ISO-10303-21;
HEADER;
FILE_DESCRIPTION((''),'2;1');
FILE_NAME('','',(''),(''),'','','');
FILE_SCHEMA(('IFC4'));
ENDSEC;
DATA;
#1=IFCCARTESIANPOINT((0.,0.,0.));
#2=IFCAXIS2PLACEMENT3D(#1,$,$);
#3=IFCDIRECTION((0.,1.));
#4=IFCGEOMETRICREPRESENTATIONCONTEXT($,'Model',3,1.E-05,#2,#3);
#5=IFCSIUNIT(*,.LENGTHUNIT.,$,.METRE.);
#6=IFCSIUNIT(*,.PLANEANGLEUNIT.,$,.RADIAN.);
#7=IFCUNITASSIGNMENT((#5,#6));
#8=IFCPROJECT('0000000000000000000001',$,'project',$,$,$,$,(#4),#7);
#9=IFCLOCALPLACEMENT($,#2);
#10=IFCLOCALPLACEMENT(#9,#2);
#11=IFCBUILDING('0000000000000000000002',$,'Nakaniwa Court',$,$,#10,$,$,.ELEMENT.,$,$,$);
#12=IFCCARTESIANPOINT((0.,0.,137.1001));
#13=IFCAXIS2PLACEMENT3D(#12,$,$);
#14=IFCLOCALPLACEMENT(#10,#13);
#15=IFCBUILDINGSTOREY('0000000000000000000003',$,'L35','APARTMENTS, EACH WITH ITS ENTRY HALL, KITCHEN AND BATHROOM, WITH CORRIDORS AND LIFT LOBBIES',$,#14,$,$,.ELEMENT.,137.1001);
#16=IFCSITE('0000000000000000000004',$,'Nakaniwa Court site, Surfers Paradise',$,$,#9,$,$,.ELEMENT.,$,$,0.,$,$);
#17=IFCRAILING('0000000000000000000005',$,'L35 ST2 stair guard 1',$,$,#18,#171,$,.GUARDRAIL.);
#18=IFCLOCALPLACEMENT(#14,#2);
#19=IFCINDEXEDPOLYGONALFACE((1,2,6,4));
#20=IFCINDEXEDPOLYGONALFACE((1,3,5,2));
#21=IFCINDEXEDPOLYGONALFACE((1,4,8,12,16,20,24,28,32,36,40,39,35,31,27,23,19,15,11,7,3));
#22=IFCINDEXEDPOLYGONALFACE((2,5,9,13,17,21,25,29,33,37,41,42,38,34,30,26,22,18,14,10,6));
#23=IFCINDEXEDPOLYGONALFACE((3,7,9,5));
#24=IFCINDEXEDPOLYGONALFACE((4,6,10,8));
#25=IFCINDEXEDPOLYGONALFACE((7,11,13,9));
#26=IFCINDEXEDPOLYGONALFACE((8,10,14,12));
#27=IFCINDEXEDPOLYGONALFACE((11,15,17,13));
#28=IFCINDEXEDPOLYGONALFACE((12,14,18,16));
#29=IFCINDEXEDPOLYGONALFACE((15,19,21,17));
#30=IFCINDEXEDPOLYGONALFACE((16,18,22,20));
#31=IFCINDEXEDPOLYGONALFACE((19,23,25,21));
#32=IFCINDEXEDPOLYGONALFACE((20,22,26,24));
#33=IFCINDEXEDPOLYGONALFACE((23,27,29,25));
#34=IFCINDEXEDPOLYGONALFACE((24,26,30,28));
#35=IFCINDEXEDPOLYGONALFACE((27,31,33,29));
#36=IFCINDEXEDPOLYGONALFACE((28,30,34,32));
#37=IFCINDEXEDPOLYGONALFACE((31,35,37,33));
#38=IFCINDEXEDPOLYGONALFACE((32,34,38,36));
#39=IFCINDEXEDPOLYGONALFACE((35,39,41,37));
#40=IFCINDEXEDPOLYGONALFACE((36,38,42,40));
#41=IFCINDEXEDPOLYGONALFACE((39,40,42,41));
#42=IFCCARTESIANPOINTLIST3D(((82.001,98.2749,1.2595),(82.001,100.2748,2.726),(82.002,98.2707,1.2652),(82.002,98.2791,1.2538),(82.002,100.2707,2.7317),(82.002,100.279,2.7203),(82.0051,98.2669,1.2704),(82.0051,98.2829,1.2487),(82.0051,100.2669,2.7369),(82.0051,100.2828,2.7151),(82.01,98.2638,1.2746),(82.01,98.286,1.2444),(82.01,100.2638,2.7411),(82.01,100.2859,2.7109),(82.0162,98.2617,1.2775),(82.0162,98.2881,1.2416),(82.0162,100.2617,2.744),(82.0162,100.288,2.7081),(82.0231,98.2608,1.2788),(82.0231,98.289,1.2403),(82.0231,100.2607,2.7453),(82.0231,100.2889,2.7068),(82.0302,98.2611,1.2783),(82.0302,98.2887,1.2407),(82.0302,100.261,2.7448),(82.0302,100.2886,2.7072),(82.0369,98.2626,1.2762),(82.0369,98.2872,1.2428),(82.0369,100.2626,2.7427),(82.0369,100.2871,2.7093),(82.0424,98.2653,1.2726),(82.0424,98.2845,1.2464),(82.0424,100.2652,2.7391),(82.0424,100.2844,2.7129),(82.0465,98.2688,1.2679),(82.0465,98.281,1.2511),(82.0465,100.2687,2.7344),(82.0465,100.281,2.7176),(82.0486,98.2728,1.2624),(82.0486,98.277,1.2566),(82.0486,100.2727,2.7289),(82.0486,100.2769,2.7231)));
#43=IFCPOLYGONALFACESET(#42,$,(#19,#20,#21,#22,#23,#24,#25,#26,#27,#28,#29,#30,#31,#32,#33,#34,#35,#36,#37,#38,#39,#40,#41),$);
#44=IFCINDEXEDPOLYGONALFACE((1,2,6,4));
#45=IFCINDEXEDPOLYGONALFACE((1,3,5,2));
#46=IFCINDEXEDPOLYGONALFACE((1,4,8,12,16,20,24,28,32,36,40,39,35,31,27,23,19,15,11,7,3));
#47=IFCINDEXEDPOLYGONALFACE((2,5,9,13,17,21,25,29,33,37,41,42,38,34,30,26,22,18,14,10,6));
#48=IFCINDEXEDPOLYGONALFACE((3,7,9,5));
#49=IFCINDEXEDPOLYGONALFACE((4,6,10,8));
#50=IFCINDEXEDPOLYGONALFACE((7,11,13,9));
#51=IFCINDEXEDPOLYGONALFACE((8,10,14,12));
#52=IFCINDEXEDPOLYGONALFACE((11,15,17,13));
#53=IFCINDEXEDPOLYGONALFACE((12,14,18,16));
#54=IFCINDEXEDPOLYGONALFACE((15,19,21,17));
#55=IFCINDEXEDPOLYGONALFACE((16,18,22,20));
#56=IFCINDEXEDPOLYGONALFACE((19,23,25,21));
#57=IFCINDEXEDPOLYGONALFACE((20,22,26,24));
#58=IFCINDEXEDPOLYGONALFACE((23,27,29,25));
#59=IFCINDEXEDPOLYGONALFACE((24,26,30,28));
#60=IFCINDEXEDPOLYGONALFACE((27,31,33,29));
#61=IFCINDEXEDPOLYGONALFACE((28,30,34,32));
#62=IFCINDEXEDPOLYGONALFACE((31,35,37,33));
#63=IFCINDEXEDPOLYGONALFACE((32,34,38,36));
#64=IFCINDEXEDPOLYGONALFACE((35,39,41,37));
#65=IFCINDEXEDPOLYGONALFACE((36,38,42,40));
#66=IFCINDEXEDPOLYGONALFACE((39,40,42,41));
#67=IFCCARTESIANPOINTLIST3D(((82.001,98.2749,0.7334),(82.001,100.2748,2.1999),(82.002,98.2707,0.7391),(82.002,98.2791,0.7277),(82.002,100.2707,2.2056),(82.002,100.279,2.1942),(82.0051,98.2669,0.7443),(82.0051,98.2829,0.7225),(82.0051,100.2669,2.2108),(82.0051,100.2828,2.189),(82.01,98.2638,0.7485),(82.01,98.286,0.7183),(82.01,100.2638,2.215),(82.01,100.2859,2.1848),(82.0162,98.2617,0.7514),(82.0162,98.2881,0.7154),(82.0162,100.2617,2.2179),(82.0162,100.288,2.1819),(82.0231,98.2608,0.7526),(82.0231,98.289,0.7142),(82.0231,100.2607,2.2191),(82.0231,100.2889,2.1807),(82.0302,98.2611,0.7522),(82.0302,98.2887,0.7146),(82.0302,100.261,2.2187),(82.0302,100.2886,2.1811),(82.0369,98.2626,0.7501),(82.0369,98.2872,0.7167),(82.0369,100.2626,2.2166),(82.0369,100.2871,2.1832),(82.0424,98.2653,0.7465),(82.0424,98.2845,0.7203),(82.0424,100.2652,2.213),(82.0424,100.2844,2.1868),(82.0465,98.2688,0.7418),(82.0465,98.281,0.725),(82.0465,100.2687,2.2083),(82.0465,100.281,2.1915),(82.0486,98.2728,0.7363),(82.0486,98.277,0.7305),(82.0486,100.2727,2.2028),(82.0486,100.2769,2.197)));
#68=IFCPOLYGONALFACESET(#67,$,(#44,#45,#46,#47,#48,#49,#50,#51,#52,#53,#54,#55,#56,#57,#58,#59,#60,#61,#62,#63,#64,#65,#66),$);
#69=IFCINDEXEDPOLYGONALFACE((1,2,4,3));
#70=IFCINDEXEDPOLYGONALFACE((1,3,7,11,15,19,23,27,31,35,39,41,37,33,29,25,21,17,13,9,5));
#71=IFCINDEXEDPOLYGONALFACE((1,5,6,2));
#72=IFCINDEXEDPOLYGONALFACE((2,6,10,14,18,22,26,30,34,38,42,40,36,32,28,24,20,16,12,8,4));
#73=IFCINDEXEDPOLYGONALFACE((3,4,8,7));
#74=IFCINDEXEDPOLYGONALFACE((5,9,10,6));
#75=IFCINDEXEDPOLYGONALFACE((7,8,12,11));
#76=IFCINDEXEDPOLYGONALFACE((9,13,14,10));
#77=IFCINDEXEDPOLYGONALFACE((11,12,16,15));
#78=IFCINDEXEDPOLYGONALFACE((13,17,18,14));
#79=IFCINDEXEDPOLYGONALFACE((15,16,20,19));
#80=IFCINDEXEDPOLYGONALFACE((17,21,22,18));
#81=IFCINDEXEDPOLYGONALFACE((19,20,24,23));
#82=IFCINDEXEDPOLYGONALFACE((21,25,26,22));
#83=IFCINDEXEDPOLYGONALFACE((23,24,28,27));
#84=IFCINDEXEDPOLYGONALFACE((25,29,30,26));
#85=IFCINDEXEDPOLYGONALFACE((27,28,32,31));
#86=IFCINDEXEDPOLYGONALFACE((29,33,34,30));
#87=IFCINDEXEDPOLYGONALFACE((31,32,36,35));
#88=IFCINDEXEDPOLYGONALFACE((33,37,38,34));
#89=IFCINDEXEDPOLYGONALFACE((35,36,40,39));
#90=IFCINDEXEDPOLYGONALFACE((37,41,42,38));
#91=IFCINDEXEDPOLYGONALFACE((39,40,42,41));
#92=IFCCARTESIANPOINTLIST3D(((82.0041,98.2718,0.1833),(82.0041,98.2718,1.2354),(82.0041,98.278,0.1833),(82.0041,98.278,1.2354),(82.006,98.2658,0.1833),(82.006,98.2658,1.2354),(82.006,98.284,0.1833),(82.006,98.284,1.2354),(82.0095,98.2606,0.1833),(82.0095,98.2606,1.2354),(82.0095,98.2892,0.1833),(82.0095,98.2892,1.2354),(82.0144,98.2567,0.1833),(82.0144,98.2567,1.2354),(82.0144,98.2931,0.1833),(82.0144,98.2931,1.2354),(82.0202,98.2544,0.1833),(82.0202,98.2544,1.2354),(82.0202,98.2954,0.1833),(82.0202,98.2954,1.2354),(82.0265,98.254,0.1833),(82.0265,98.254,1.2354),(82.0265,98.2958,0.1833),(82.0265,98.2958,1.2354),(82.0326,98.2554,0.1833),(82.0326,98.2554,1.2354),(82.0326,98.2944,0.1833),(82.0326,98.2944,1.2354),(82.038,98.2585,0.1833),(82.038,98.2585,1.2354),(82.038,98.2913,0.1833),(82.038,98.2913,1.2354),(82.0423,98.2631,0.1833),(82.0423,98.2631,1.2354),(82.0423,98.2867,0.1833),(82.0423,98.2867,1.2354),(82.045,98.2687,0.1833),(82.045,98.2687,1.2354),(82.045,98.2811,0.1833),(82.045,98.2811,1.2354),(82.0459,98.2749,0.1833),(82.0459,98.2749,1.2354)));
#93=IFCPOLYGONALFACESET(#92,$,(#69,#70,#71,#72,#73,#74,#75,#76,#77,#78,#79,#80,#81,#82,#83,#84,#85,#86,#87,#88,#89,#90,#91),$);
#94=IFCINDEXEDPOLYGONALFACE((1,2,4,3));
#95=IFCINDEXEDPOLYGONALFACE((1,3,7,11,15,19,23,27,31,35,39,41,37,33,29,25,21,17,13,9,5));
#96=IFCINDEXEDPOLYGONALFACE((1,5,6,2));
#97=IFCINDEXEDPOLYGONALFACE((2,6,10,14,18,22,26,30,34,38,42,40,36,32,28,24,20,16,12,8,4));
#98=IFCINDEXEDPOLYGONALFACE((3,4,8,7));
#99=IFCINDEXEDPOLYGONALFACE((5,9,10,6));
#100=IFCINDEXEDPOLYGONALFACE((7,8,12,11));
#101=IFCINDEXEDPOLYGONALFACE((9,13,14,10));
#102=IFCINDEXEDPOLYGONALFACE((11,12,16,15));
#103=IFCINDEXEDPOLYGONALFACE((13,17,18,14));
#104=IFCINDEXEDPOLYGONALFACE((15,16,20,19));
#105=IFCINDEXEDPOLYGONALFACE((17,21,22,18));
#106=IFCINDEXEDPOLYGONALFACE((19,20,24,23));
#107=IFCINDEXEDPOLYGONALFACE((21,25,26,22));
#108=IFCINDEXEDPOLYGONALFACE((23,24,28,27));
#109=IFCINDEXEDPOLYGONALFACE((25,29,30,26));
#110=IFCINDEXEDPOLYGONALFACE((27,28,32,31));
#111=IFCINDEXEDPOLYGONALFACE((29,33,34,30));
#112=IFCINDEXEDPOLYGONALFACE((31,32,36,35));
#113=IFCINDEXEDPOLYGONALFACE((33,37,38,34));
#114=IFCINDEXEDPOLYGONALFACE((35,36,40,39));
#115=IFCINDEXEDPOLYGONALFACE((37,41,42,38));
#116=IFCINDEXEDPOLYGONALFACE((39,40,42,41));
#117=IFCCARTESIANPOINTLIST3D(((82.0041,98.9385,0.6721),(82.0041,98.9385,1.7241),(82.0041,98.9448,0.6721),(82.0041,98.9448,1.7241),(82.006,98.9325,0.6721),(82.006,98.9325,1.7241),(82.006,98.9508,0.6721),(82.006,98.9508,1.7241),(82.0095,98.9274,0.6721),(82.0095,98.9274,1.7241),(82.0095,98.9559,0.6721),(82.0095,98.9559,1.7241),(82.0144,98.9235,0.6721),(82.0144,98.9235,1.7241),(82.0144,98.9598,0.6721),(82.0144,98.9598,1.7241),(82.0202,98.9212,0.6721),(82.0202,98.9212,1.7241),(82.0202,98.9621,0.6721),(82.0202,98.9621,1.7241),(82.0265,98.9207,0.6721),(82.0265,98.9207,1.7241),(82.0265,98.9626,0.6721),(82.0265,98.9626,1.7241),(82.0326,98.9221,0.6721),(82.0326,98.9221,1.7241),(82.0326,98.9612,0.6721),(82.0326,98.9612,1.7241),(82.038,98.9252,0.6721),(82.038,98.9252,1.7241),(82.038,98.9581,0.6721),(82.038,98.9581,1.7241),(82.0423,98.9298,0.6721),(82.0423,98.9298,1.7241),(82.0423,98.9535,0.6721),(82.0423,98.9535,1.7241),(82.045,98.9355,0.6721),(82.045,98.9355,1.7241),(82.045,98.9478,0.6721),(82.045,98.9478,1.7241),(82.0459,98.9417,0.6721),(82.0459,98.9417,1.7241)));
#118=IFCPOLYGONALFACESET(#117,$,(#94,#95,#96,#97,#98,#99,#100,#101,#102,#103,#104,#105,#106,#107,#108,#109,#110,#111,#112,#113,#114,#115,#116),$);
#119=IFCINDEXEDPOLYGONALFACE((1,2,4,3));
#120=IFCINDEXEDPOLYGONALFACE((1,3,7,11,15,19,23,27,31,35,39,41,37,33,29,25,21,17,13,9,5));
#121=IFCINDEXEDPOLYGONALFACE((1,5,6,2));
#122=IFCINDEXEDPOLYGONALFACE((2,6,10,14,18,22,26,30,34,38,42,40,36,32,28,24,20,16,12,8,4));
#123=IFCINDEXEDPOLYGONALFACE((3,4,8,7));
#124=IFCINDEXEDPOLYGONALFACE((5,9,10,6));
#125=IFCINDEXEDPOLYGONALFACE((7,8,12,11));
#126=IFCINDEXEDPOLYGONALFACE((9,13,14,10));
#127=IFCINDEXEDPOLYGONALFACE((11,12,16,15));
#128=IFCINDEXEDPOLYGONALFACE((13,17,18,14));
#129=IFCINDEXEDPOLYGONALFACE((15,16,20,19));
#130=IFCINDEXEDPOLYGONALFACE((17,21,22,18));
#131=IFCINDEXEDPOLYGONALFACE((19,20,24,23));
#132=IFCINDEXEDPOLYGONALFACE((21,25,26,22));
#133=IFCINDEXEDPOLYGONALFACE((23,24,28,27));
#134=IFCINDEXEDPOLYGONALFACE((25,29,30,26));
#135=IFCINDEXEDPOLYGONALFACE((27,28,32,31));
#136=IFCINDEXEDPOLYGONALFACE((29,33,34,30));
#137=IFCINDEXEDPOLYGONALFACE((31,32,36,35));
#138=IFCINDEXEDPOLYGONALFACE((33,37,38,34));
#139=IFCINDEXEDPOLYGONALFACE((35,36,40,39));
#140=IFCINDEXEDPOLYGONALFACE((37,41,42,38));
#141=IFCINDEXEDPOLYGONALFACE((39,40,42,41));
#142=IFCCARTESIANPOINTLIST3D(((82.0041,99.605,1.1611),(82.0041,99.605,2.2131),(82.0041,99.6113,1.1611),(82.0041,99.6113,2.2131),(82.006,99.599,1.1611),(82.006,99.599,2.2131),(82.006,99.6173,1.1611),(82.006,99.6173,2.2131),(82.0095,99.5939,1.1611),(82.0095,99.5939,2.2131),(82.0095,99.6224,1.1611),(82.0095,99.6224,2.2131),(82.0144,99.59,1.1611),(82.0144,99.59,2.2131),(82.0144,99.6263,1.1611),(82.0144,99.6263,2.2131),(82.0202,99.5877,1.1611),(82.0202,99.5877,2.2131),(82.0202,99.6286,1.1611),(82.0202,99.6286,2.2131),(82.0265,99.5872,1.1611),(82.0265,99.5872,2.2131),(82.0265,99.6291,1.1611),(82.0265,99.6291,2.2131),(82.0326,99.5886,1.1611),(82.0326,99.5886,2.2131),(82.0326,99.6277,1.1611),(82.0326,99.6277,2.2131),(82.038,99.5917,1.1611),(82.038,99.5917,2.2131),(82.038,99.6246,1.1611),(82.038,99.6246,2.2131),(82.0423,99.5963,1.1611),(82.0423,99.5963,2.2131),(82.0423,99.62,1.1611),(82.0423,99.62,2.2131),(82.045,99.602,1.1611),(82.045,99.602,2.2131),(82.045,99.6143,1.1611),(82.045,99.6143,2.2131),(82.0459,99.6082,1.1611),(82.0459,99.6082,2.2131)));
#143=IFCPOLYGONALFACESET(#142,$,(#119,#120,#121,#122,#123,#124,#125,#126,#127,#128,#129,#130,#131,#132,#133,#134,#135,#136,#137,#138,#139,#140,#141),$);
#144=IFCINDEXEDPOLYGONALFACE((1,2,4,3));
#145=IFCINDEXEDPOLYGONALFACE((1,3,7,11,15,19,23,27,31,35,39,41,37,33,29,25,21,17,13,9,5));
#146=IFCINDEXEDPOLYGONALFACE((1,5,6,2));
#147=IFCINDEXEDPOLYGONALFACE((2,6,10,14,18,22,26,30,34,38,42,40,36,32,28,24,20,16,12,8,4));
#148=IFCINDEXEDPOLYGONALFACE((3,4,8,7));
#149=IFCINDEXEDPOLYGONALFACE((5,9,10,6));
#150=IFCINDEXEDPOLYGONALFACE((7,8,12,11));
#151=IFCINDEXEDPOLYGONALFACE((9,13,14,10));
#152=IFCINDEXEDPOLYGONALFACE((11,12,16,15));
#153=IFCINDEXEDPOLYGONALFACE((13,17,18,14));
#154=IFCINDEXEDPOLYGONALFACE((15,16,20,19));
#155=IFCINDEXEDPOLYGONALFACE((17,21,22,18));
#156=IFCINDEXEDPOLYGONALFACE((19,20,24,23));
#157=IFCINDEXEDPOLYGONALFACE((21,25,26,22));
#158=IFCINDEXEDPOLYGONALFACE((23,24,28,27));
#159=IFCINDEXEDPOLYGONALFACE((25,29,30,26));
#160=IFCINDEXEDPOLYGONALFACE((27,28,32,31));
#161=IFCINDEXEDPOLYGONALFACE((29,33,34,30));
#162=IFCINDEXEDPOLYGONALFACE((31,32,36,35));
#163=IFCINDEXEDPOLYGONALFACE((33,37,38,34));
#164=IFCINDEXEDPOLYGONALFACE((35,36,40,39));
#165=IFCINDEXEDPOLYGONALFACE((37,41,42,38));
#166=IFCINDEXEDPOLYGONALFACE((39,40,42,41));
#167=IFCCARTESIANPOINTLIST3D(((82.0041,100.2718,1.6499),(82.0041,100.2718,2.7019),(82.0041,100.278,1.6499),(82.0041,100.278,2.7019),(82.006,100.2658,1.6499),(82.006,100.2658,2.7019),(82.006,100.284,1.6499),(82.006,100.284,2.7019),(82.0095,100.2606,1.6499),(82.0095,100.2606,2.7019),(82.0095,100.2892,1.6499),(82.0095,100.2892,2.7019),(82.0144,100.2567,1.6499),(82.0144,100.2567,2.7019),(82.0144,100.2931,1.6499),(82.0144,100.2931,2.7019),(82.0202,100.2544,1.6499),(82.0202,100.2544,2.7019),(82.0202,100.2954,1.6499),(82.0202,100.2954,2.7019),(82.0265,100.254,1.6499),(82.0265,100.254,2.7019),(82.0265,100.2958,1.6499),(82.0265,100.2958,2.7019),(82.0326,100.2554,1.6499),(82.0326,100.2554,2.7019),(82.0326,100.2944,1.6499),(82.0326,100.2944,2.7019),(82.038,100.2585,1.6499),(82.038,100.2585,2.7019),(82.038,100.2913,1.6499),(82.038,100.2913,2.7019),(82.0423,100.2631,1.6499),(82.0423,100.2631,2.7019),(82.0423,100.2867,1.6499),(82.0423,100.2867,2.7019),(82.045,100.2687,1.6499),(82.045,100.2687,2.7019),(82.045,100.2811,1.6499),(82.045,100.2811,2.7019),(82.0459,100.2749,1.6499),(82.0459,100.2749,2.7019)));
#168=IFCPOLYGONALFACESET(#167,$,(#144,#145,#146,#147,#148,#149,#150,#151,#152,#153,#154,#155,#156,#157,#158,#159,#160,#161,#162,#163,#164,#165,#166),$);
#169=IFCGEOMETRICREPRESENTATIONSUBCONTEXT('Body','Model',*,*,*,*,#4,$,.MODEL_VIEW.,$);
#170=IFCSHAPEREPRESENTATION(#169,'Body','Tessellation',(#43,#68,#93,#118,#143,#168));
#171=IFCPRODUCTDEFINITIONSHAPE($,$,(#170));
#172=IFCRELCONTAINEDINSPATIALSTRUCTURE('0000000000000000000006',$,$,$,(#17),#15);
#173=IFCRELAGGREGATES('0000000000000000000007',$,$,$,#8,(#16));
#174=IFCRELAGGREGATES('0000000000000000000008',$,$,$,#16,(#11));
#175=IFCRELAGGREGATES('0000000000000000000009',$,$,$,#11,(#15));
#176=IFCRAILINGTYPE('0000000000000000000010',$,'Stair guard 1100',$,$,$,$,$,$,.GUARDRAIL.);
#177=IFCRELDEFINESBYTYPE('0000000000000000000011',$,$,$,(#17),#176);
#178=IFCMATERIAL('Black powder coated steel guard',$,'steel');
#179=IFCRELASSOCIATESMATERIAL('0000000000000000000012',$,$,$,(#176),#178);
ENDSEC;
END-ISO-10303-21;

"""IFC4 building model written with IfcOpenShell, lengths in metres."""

from ifc_helpers import new_model, si_unit, direction, frame, origin, origin_2d, place, context, subcontext, project, spatial, circle, extrude, material, type_object, element, save


model = new_model("IFC4")

# Units and contexts
model_context = context("Model", 3, precision=1e-05, world=origin(), true_north=direction((0.0, 1.0)))
body_context = subcontext(model_context, "Body", "Model", "MODEL_VIEW")
ifc_project = project(units=[si_unit("LENGTHUNIT", "METRE"), si_unit("PLANEANGLEUNIT", "RADIAN")], contexts=[model_context])

# Site, building, storey
site_placement = place(None, origin())
site = spatial("IfcSite", under=ifc_project, at=site_placement, Name="Nakaniwa Court site, Surfers Paradise", CompositionType="ELEMENT", RefElevation=0.0)
building_placement = place(site_placement, origin())
building = spatial("IfcBuilding", under=site, at=building_placement, Name="Nakaniwa Court", CompositionType="ELEMENT")
storey_placement = place(building_placement, frame((0.0, 0.0, 137.1001)))
storey = spatial("IfcBuildingStorey", under=building, at=storey_placement, Name="L35", Description="APARTMENTS, EACH WITH ITS ENTRY HALL, KITCHEN AND BATHROOM, WITH CORRIDORS AND LIFT LOBBIES", CompositionType="ELEMENT", Elevation=137.1001)

# Railing
ifc_material_1 = material(Name="Black powder coated steel guard", Category="steel")
railing_type_1 = type_object("IfcRailingType", Name="Stair guard 1100", PredefinedType="GUARDRAIL", material=ifc_material_1)
railing_1_placement = place(storey_placement, frame((82.0249, 98.2749, 0.1833)))
element("IfcRailing", 1, at=railing_1_placement, inside=storey, type_object=railing_type_1, Name="L35 ST2 stair guard 1", PredefinedType="GUARDRAIL", context=body_context, shape_type="SweptSolid", body=[
    extrude(circle(Radius=0.0239, at=origin_2d()), frame((0.0, 0.0, 1.0762), z_axis=(0.0, 0.806427, 0.591334), x_axis=(-1.0, 0.0, 0.0)), (0.0, 0.0, 1.0), 2.48),
    extrude(circle(Radius=0.0239, at=origin_2d()), frame((0.0, 0.0, 0.55), z_axis=(0.0, 0.806427, 0.591334), x_axis=(-1.0, 0.0, 0.0)), (0.0, 0.0, 1.0), 2.48),
    extrude(circle(Radius=0.021, at=origin_2d()), origin(), (0.0, 0.0, 1.0), 1.052),
    extrude(circle(Radius=0.021, at=origin_2d()), frame((0.0, 0.6667, 0.4888)), (0.0, 0.0, 1.0), 1.052),
    extrude(circle(Radius=0.021, at=origin_2d()), frame((0.0, 1.3333, 0.9778)), (0.0, 0.0, 1.0), 1.052),
    extrude(circle(Radius=0.021, at=origin_2d()), frame((0.0, 2.0, 1.4666)), (0.0, 0.0, 1.0), 1.052),
])

save(model, "model.ifc")
